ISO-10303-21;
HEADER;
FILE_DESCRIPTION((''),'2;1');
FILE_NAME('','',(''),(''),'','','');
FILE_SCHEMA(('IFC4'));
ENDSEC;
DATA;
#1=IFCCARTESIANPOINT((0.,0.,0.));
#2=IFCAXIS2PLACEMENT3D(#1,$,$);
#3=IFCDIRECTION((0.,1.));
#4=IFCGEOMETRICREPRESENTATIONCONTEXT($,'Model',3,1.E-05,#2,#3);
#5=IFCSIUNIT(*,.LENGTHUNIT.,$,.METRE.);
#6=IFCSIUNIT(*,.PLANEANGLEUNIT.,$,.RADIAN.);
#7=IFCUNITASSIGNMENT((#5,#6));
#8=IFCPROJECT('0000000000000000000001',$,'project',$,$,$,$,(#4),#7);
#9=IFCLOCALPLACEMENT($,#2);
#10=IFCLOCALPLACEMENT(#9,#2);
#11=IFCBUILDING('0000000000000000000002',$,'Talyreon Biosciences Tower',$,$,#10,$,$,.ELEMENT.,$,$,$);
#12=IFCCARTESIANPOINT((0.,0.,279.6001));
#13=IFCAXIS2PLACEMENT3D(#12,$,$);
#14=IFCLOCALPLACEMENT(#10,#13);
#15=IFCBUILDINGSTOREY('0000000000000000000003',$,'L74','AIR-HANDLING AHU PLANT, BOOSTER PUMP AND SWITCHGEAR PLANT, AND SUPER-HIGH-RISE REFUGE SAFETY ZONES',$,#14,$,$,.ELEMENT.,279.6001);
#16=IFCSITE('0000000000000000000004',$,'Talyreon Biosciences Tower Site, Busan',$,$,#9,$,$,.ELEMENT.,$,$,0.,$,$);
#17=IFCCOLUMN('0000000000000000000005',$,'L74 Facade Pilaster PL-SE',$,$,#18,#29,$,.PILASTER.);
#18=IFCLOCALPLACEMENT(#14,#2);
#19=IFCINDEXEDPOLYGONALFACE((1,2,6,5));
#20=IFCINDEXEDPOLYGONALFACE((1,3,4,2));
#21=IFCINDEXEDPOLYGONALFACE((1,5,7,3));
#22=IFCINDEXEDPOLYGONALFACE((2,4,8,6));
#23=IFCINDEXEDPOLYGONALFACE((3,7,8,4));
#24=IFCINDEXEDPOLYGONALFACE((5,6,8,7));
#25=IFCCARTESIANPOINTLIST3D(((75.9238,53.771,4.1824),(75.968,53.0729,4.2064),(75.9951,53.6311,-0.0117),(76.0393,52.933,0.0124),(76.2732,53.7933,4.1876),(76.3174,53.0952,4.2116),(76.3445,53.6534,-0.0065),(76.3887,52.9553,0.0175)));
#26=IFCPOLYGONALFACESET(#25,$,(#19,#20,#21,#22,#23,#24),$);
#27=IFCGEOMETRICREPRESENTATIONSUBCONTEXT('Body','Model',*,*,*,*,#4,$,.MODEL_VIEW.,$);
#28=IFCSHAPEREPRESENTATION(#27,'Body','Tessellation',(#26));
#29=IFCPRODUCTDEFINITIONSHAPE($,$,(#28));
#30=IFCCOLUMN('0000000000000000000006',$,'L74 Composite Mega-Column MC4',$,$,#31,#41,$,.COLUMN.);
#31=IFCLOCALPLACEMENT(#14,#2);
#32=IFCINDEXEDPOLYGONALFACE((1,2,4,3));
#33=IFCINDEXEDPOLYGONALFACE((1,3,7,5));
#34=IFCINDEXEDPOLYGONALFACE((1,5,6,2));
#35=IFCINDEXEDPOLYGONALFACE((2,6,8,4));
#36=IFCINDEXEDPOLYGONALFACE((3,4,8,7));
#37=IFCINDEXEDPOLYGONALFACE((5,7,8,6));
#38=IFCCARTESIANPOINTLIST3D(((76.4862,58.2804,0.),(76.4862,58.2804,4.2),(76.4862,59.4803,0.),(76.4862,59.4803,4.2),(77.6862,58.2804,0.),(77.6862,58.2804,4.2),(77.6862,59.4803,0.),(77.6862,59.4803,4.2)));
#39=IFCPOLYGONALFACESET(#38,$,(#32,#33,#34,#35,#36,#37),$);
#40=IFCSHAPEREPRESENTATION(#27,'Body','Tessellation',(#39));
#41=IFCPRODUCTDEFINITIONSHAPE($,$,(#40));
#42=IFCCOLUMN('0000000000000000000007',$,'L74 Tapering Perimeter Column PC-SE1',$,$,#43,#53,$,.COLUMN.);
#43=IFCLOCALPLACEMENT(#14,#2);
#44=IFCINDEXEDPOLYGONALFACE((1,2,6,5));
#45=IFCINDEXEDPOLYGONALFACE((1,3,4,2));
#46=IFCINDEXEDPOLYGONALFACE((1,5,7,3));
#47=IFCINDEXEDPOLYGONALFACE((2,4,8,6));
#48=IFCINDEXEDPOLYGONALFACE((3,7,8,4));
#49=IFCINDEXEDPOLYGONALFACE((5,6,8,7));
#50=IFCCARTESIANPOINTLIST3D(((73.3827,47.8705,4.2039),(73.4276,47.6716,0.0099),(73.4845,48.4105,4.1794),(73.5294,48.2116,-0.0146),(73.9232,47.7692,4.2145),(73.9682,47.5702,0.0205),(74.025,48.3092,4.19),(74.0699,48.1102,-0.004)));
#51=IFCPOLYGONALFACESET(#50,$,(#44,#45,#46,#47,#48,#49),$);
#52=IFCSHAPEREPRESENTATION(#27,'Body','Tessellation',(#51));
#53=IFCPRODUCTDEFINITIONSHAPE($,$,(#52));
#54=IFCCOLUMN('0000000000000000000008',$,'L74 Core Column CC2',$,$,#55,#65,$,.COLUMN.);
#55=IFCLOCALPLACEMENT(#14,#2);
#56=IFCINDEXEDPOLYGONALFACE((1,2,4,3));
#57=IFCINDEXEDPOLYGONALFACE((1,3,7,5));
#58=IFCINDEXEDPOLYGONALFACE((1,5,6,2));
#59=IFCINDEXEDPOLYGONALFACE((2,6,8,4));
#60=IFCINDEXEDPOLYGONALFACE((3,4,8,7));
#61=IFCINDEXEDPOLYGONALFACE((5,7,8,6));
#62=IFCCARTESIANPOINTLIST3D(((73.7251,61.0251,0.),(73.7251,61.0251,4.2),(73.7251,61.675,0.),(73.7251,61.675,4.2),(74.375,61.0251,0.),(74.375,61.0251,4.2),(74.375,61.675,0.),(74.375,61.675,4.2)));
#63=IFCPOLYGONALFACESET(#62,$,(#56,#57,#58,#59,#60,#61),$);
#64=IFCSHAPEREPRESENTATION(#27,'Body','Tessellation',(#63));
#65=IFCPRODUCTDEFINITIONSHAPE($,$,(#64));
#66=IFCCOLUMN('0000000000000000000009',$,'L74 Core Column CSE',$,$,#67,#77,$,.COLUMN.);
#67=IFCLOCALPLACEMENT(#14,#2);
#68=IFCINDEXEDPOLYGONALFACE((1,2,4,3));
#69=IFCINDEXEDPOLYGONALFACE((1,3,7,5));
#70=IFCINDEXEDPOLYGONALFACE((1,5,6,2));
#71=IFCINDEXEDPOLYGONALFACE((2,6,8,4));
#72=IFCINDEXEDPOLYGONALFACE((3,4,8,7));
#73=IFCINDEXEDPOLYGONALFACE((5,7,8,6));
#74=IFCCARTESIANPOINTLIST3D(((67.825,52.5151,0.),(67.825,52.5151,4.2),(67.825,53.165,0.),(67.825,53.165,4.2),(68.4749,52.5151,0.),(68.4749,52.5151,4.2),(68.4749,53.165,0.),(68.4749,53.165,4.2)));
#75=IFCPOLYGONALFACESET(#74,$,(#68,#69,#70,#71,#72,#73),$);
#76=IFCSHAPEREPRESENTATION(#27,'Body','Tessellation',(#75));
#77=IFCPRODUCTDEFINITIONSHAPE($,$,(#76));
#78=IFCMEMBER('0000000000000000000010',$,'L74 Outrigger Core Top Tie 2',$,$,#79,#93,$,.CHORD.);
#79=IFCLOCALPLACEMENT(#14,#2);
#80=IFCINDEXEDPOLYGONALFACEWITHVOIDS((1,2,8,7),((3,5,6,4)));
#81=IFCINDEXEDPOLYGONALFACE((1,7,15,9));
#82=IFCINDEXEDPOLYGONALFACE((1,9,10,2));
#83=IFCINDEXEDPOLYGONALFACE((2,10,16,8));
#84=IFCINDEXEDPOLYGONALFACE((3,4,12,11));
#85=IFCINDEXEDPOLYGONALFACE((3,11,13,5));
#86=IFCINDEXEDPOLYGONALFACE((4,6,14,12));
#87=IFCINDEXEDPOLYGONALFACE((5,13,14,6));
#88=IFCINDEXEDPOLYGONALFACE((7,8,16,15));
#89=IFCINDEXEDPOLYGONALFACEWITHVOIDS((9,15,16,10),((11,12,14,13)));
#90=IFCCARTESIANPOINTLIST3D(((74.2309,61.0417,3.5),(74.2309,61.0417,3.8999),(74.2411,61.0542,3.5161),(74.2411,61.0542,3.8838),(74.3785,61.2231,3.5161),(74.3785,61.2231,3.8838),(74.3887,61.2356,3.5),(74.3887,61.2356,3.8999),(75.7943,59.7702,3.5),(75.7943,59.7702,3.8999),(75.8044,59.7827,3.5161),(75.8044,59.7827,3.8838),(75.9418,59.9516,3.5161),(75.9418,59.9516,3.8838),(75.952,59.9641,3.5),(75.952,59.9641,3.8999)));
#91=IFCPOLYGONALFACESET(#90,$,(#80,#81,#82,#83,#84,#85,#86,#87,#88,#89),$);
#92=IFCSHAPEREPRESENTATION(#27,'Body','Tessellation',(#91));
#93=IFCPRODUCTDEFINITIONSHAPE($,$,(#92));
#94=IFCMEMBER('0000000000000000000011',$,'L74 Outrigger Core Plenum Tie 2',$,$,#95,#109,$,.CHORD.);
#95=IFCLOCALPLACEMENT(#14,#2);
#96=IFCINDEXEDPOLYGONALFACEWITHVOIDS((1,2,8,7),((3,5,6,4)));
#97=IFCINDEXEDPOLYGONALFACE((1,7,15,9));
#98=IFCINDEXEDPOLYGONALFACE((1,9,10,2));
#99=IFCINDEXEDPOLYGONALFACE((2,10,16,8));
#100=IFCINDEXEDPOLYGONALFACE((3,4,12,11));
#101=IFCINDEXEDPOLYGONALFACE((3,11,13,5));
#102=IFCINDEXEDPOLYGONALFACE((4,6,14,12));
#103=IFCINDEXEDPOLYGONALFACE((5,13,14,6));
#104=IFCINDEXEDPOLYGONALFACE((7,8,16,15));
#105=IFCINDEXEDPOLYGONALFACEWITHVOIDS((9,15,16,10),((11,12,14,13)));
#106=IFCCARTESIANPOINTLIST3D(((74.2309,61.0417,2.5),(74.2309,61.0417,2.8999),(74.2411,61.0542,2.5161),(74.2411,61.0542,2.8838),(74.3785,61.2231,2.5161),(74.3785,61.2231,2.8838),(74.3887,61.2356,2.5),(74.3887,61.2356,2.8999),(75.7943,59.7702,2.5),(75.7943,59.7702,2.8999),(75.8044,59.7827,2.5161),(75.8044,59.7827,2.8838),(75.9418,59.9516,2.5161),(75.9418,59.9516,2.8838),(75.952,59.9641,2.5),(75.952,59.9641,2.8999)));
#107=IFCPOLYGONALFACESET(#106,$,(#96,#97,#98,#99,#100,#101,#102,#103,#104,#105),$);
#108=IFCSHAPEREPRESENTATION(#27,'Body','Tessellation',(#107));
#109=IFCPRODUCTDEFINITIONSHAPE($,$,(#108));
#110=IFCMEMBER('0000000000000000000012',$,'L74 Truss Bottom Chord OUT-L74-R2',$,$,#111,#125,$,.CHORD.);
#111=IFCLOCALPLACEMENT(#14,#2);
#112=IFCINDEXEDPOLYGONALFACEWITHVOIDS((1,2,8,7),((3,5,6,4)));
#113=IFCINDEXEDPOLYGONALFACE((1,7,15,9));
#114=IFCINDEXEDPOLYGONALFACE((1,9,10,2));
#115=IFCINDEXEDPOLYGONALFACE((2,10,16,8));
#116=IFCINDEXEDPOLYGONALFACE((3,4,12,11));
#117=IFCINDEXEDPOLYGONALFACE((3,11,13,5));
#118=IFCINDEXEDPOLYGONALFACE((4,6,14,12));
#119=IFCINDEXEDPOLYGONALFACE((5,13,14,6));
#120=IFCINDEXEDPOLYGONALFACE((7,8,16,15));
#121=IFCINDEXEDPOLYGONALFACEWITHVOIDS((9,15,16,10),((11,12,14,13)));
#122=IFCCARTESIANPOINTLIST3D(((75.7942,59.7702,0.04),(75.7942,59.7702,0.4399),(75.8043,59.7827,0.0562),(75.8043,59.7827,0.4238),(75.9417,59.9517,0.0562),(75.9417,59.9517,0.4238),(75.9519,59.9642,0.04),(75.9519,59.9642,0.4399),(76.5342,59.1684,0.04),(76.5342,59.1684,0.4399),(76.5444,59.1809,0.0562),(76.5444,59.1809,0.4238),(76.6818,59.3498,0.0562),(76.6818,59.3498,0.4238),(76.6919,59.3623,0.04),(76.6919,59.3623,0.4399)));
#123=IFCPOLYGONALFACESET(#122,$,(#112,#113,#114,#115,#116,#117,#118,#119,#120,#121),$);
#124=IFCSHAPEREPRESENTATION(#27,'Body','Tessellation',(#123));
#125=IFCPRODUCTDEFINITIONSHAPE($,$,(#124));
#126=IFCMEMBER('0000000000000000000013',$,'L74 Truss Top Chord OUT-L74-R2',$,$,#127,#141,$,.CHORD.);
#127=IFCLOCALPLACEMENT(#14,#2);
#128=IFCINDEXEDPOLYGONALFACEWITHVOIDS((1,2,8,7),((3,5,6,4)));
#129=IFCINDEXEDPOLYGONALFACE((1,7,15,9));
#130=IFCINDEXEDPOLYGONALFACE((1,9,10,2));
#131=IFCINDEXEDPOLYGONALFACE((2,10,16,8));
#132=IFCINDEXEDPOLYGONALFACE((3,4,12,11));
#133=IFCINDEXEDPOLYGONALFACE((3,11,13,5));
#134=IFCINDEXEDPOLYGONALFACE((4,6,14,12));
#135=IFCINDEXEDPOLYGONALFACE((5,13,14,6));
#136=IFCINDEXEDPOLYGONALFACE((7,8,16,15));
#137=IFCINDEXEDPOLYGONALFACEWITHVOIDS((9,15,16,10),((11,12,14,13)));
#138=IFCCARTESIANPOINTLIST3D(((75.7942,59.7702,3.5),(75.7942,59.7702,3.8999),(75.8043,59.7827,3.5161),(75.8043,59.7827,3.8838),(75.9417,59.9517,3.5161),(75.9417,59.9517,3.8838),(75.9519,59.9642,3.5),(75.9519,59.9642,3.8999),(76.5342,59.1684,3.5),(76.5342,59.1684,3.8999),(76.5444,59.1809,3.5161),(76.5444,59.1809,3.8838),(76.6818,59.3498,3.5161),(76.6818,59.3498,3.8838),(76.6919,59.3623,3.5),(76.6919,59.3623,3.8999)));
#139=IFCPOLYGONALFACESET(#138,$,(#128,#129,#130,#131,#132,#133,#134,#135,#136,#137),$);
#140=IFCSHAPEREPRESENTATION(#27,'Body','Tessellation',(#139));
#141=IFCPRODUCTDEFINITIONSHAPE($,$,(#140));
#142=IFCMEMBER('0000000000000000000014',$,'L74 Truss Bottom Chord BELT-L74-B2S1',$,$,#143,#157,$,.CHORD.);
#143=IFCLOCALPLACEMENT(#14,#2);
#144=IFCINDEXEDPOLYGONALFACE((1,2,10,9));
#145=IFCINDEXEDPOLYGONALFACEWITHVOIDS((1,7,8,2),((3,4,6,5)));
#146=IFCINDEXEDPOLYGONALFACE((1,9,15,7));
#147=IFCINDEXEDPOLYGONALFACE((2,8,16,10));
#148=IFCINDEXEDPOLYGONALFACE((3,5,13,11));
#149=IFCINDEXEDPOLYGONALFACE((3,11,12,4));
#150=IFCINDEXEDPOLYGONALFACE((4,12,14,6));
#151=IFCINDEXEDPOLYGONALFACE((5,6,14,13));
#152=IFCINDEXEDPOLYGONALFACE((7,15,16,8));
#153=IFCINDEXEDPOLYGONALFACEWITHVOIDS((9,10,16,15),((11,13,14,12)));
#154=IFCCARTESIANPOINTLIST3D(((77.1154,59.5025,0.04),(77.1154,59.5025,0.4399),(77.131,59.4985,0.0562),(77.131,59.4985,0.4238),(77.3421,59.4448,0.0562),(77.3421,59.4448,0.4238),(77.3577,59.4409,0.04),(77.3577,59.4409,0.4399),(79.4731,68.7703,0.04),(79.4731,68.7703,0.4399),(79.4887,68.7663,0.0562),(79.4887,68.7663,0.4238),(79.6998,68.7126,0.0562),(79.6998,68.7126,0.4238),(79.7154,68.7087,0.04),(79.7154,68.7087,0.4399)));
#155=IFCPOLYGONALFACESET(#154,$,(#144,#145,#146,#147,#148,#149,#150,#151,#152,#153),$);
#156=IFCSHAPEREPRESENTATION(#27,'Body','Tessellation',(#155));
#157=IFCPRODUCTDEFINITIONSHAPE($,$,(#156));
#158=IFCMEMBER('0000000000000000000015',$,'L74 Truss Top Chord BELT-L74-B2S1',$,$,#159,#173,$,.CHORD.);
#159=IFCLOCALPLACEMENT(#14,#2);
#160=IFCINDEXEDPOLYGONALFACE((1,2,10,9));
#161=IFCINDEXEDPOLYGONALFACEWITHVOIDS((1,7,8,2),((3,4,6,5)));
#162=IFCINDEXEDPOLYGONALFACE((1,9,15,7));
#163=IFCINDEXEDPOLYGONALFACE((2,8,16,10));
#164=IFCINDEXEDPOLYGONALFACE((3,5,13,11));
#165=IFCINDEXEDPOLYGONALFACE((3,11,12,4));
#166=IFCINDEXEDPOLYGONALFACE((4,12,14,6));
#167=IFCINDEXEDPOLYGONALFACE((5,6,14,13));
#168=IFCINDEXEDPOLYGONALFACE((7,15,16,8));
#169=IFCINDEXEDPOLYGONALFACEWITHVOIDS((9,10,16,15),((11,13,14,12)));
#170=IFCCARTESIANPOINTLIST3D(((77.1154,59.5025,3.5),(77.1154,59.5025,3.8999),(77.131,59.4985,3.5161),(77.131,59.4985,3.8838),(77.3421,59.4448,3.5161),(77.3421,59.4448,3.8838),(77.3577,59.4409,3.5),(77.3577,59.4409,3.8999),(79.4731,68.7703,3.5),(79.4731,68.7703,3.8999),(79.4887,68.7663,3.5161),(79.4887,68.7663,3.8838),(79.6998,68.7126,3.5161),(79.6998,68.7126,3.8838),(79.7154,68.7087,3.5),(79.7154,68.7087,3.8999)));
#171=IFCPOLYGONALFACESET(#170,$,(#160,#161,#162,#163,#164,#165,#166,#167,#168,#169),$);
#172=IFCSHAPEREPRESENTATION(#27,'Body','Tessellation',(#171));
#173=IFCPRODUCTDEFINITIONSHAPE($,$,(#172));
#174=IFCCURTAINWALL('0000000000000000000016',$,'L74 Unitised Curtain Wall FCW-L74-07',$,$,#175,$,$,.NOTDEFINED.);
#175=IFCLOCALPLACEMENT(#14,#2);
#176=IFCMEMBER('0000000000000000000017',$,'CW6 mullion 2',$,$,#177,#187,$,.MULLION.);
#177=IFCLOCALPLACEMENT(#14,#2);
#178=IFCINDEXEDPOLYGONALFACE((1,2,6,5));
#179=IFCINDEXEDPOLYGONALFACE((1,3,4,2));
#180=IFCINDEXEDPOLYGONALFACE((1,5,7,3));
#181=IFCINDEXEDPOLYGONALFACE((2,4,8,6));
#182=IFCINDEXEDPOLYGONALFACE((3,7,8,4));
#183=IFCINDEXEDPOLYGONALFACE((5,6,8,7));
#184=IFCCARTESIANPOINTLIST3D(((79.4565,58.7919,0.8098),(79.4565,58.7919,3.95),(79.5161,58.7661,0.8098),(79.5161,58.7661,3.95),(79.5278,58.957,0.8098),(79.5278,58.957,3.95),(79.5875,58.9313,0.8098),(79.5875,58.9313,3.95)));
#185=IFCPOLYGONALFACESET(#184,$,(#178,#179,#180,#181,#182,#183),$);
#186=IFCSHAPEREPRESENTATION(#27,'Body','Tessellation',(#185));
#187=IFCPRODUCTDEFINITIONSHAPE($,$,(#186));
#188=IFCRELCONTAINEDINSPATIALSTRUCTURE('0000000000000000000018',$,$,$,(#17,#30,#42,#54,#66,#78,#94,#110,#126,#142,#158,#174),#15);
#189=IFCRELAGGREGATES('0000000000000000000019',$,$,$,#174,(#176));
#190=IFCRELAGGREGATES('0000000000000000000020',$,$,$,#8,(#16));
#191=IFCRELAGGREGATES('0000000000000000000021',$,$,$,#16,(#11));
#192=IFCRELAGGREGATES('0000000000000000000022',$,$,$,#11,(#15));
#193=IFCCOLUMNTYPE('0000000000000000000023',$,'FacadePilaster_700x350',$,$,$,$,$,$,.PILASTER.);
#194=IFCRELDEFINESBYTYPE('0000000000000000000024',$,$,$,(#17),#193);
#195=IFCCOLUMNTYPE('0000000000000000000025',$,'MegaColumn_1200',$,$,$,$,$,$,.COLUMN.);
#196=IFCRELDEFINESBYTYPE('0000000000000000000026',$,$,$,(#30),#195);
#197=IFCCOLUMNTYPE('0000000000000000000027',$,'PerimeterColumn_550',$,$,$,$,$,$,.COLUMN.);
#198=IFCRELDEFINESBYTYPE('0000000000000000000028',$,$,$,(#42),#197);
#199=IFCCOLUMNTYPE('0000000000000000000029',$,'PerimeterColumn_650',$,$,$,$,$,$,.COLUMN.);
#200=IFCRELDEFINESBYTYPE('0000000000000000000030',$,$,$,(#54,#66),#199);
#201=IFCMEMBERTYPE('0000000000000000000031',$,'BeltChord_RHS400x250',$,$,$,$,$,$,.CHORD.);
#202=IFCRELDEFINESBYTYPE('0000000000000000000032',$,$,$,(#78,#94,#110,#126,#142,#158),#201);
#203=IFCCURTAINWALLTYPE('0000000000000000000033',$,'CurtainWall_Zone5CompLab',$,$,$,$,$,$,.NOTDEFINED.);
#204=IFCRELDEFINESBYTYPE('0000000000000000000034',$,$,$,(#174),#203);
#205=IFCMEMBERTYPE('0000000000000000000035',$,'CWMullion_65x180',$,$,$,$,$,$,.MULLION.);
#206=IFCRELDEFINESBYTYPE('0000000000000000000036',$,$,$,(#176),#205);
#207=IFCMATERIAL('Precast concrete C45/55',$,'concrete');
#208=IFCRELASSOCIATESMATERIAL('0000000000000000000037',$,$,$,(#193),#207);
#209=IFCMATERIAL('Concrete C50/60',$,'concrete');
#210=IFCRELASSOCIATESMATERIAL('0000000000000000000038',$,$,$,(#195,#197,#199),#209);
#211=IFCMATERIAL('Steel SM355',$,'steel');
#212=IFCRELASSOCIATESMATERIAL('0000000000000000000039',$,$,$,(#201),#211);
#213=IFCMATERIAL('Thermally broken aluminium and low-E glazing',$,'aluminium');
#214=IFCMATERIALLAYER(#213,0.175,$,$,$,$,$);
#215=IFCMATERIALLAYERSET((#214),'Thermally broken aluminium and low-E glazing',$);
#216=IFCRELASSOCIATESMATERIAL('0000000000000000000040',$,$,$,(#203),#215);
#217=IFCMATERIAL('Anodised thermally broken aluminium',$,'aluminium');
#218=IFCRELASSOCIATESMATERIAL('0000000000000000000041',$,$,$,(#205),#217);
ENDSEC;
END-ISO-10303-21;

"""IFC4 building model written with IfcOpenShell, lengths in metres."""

from ifc_helpers import new_model, si_unit, direction, frame, origin, origin_2d, place, context, subcontext, project, spatial, rectangle, hollow_rectangle, extrude, material, layer, layer_set, material_profile, profile_set, type_object, element, aggregate, save


model = new_model("IFC4")

# Units and contexts
model_context = context("Model", 3, precision=1e-05, world=origin(), true_north=direction((0.0, 1.0)))
body_context = subcontext(model_context, "Body", "Model", "MODEL_VIEW")
ifc_project = project(units=[si_unit("LENGTHUNIT", "METRE"), si_unit("PLANEANGLEUNIT", "RADIAN")], contexts=[model_context])

# Site, building, storey
site_placement = place(None, origin())
site = spatial("IfcSite", under=ifc_project, at=site_placement, Name="Talyreon Biosciences Tower Site, Busan", CompositionType="ELEMENT", RefElevation=0.0)
building_placement = place(site_placement, origin())
building = spatial("IfcBuilding", under=site, at=building_placement, Name="Talyreon Biosciences Tower", CompositionType="ELEMENT")
storey_placement = place(building_placement, frame((0.0, 0.0, 279.6001)))
storey = spatial("IfcBuildingStorey", under=building, at=storey_placement, Name="L74", Description="AIR-HANDLING AHU PLANT, BOOSTER PUMP AND SWITCHGEAR PLANT, AND SUPER-HIGH-RISE REFUGE SAFETY ZONES", CompositionType="ELEMENT", Elevation=279.6001)

# Columns
ifc_material_1 = material(Name="Precast concrete C45/55", Category="concrete")
ifc_material_profile_1 = material_profile(ifc_material_1, rectangle(XDim=0.7, YDim=0.3501, at=origin_2d()), Name="RC 700x350")
ifc_profile_set_1 = profile_set([ifc_material_profile_1], Name="Precast concrete C45/55")
column_type_1 = type_object("IfcColumnType", Name="FacadePilaster_700x350", PredefinedType="PILASTER", material=ifc_profile_set_1)
column_1_placement = place(storey_placement, frame((76.1919, 53.2932, 0.0029), z_axis=(-0.016986, 0.033331, 0.9993), x_axis=(0.063097, -0.997416, 0.034341)))
element("IfcColumn", 1, at=column_1_placement, inside=storey, type_object=column_type_1, Name="L74 Facade Pilaster PL-SE", PredefinedType="PILASTER", context=body_context, shape_type="SweptSolid", body=[
    extrude(rectangle(XDim=0.7, YDim=0.3501, at=origin_2d()), origin(), (0.0, 0.0, 1.0), 4.197),
])
ifc_material_2 = material(Name="Concrete C50/60", Category="concrete")
ifc_material_profile_2 = material_profile(ifc_material_2, rectangle(XDim=1.2, YDim=1.2, at=origin_2d()), Name="RC 1200x1200")
ifc_profile_set_2 = profile_set([ifc_material_profile_2], Name="Concrete C50/60")
column_type_2 = type_object("IfcColumnType", Name="MegaColumn_1200", PredefinedType="COLUMN", material=ifc_profile_set_2)
column_2_placement = place(storey_placement, frame((77.0862, 58.8804, 0.0), z_axis=(0.0, 0.0, 1.0), x_axis=(1.0, 0.0, 0.0)))
element("IfcColumn", 2, at=column_2_placement, inside=storey, type_object=column_type_2, Name="L74 Composite Mega-Column MC4", PredefinedType="COLUMN", context=body_context, shape_type="SweptSolid", body=[
    extrude(rectangle(XDim=1.2, YDim=1.2, at=origin_2d()), origin(), (0.0, 0.0, 1.0), 4.2),
])
ifc_material_profile_3 = material_profile(ifc_material_2, rectangle(XDim=0.55, YDim=0.55, at=origin_2d()), Name="RC 550x550")
ifc_profile_set_3 = profile_set([ifc_material_profile_3], Name="Concrete C50/60")
column_type_3 = type_object("IfcColumnType", Name="PerimeterColumn_550", PredefinedType="COLUMN", material=ifc_profile_set_3)
column_3_placement = place(storey_placement, frame((73.7488, 47.8909, 0.0029), z_axis=(-0.010698, 0.047386, 0.998819), x_axis=(-0.184993, -0.981728, 0.044593)))
element("IfcColumn", 3, at=column_3_placement, inside=storey, type_object=column_type_3, Name="L74 Tapering Perimeter Column PC-SE1", PredefinedType="COLUMN", context=body_context, shape_type="SweptSolid", body=[
    extrude(rectangle(XDim=0.55, YDim=0.55, at=origin_2d()), origin(), (0.0, 0.0, 1.0), 4.199),
])
ifc_material_profile_4 = material_profile(ifc_material_2, rectangle(XDim=0.6499, YDim=0.6499, at=origin_2d()), Name="RC 650x650")
ifc_profile_set_4 = profile_set([ifc_material_profile_4], Name="Concrete C50/60")
column_type_4 = type_object("IfcColumnType", Name="PerimeterColumn_650", PredefinedType="COLUMN", material=ifc_profile_set_4)
for number, where, z_axis, x_axis, name in (
    (4, (74.05, 61.3501, 0.0), (0.0, 0.0, 1.0), (1.0, 0.0, 0.0), "L74 Core Column CC2"),
    (5, (68.1499, 52.8401, 0.0), (0.0, 0.0, 1.0), (1.0, 0.0, 0.0), "L74 Core Column CSE"),
):
    element("IfcColumn", number, at=place(storey_placement, frame(where, z_axis=z_axis, x_axis=x_axis)), inside=storey, type_object=column_type_4, Name=name, PredefinedType="COLUMN", context=body_context, shape_type="SweptSolid", body=[
        extrude(rectangle(XDim=0.6499, YDim=0.6499, at=origin_2d()), origin(), (0.0, 0.0, 1.0), 4.2),
    ])

# Members
ifc_material_3 = material(Name="Steel SM355", Category="steel")
ifc_material_profile_5 = material_profile(ifc_material_3, hollow_rectangle(XDim=0.25, YDim=0.3999, WallThickness=0.0161, at=origin_2d()), Name="RHS 400x250x16")
ifc_profile_set_5 = profile_set([ifc_material_profile_5], Name="Steel SM355")
member_type_1 = type_object("IfcMemberType", Name="BeltChord_RHS400x250", PredefinedType="CHORD", material=ifc_profile_set_5)
for number, where, z_axis, x_axis, name in (
    (6, (74.3098, 61.1387, 3.7), (0.775784, -0.630998, 0.0), (0.630998, 0.775784, 0.0), "L74 Outrigger Core Top Tie 2"),
    (7, (74.3098, 61.1387, 2.7), (0.775784, -0.630998, 0.0), (0.630998, 0.775784, 0.0), "L74 Outrigger Core Plenum Tie 2"),
):
    element("IfcMember", number, at=place(storey_placement, frame(where, z_axis=z_axis, x_axis=x_axis)), inside=storey, type_object=member_type_1, Name=name, PredefinedType="CHORD", context=body_context, shape_type="SweptSolid", body=[
        extrude(hollow_rectangle(XDim=0.25, YDim=0.3999, WallThickness=0.0161, at=origin_2d()), origin(), (0.0, 0.0, 1.0), 2.0151),
    ])
for number, where, z_axis, x_axis, name in (
    (8, (75.873, 59.8672, 0.24), (0.775824, -0.630949, 0.0), (0.630949, 0.775824, 0.0), "L74 Truss Bottom Chord OUT-L74-R2"),
    (9, (75.873, 59.8672, 3.7), (0.775824, -0.630949, 0.0), (0.630949, 0.775824, 0.0), "L74 Truss Top Chord OUT-L74-R2"),
):
    element("IfcMember", number, at=place(storey_placement, frame(where, z_axis=z_axis, x_axis=x_axis)), inside=storey, type_object=member_type_1, Name=name, PredefinedType="CHORD", context=body_context, shape_type="SweptSolid", body=[
        extrude(hollow_rectangle(XDim=0.25, YDim=0.3999, WallThickness=0.0161, at=origin_2d()), origin(), (0.0, 0.0, 1.0), 0.9539),
    ])
for number, where, z_axis, x_axis, name in (
    (10, (77.2366, 59.4717, 0.24), (0.24654, 0.969133, 0.0), (-0.969133, 0.24654, 0.0), "L74 Truss Bottom Chord BELT-L74-B2S1"),
    (11, (77.2366, 59.4717, 3.7), (0.24654, 0.969133, 0.0), (-0.969133, 0.24654, 0.0), "L74 Truss Top Chord BELT-L74-B2S1"),
):
    element("IfcMember", number, at=place(storey_placement, frame(where, z_axis=z_axis, x_axis=x_axis)), inside=storey, type_object=member_type_1, Name=name, PredefinedType="CHORD", context=body_context, shape_type="SweptSolid", body=[
        extrude(hollow_rectangle(XDim=0.25, YDim=0.3999, WallThickness=0.0161, at=origin_2d()), origin(), (0.0, 0.0, 1.0), 9.563),
    ])

# Curtain wall, member
ifc_material_4 = material(Name="Thermally broken aluminium and low-E glazing", Category="aluminium")
ifc_layer_1 = layer(ifc_material_4, 0.175)
ifc_layer_set_1 = layer_set([ifc_layer_1], Name="Thermally broken aluminium and low-E glazing")
curtain_wall_type = type_object("IfcCurtainWallType", Name="CurtainWall_Zone5CompLab", PredefinedType="NOTDEFINED", material=ifc_layer_set_1)
curtain_wall_placement = place(storey_placement, origin())
curtain_wall = element("IfcCurtainWall", 12, at=curtain_wall_placement, inside=storey, type_object=curtain_wall_type, Name="L74 Unitised Curtain Wall FCW-L74-07", PredefinedType="NOTDEFINED")
ifc_material_5 = material(Name="Anodised thermally broken aluminium", Category="aluminium")
ifc_material_profile_6 = material_profile(ifc_material_5, rectangle(XDim=0.0649, YDim=0.1799, at=origin_2d()), Name="ALUM MULLION 65x180")
ifc_profile_set_6 = profile_set([ifc_material_profile_6], Name="Anodised thermally broken aluminium")
member_type_2 = type_object("IfcMemberType", Name="CWMullion_65x180", PredefinedType="MULLION", material=ifc_profile_set_6)
member_1_placement = place(storey_placement, frame((79.522, 58.8616, 0.8098), z_axis=(0.0, 0.0, 1.0), x_axis=(0.918022, -0.39653, 0.0)))
member_1 = element("IfcMember", 13, at=member_1_placement, type_object=member_type_2, Name="CW6 mullion 2", PredefinedType="MULLION", context=body_context, shape_type="SweptSolid", body=[
    extrude(rectangle(XDim=0.0649, YDim=0.1799, at=origin_2d()), origin(), (0.0, 0.0, 1.0), 3.1401),
])
aggregate(curtain_wall, [member_1])

save(model, "model.ifc")
